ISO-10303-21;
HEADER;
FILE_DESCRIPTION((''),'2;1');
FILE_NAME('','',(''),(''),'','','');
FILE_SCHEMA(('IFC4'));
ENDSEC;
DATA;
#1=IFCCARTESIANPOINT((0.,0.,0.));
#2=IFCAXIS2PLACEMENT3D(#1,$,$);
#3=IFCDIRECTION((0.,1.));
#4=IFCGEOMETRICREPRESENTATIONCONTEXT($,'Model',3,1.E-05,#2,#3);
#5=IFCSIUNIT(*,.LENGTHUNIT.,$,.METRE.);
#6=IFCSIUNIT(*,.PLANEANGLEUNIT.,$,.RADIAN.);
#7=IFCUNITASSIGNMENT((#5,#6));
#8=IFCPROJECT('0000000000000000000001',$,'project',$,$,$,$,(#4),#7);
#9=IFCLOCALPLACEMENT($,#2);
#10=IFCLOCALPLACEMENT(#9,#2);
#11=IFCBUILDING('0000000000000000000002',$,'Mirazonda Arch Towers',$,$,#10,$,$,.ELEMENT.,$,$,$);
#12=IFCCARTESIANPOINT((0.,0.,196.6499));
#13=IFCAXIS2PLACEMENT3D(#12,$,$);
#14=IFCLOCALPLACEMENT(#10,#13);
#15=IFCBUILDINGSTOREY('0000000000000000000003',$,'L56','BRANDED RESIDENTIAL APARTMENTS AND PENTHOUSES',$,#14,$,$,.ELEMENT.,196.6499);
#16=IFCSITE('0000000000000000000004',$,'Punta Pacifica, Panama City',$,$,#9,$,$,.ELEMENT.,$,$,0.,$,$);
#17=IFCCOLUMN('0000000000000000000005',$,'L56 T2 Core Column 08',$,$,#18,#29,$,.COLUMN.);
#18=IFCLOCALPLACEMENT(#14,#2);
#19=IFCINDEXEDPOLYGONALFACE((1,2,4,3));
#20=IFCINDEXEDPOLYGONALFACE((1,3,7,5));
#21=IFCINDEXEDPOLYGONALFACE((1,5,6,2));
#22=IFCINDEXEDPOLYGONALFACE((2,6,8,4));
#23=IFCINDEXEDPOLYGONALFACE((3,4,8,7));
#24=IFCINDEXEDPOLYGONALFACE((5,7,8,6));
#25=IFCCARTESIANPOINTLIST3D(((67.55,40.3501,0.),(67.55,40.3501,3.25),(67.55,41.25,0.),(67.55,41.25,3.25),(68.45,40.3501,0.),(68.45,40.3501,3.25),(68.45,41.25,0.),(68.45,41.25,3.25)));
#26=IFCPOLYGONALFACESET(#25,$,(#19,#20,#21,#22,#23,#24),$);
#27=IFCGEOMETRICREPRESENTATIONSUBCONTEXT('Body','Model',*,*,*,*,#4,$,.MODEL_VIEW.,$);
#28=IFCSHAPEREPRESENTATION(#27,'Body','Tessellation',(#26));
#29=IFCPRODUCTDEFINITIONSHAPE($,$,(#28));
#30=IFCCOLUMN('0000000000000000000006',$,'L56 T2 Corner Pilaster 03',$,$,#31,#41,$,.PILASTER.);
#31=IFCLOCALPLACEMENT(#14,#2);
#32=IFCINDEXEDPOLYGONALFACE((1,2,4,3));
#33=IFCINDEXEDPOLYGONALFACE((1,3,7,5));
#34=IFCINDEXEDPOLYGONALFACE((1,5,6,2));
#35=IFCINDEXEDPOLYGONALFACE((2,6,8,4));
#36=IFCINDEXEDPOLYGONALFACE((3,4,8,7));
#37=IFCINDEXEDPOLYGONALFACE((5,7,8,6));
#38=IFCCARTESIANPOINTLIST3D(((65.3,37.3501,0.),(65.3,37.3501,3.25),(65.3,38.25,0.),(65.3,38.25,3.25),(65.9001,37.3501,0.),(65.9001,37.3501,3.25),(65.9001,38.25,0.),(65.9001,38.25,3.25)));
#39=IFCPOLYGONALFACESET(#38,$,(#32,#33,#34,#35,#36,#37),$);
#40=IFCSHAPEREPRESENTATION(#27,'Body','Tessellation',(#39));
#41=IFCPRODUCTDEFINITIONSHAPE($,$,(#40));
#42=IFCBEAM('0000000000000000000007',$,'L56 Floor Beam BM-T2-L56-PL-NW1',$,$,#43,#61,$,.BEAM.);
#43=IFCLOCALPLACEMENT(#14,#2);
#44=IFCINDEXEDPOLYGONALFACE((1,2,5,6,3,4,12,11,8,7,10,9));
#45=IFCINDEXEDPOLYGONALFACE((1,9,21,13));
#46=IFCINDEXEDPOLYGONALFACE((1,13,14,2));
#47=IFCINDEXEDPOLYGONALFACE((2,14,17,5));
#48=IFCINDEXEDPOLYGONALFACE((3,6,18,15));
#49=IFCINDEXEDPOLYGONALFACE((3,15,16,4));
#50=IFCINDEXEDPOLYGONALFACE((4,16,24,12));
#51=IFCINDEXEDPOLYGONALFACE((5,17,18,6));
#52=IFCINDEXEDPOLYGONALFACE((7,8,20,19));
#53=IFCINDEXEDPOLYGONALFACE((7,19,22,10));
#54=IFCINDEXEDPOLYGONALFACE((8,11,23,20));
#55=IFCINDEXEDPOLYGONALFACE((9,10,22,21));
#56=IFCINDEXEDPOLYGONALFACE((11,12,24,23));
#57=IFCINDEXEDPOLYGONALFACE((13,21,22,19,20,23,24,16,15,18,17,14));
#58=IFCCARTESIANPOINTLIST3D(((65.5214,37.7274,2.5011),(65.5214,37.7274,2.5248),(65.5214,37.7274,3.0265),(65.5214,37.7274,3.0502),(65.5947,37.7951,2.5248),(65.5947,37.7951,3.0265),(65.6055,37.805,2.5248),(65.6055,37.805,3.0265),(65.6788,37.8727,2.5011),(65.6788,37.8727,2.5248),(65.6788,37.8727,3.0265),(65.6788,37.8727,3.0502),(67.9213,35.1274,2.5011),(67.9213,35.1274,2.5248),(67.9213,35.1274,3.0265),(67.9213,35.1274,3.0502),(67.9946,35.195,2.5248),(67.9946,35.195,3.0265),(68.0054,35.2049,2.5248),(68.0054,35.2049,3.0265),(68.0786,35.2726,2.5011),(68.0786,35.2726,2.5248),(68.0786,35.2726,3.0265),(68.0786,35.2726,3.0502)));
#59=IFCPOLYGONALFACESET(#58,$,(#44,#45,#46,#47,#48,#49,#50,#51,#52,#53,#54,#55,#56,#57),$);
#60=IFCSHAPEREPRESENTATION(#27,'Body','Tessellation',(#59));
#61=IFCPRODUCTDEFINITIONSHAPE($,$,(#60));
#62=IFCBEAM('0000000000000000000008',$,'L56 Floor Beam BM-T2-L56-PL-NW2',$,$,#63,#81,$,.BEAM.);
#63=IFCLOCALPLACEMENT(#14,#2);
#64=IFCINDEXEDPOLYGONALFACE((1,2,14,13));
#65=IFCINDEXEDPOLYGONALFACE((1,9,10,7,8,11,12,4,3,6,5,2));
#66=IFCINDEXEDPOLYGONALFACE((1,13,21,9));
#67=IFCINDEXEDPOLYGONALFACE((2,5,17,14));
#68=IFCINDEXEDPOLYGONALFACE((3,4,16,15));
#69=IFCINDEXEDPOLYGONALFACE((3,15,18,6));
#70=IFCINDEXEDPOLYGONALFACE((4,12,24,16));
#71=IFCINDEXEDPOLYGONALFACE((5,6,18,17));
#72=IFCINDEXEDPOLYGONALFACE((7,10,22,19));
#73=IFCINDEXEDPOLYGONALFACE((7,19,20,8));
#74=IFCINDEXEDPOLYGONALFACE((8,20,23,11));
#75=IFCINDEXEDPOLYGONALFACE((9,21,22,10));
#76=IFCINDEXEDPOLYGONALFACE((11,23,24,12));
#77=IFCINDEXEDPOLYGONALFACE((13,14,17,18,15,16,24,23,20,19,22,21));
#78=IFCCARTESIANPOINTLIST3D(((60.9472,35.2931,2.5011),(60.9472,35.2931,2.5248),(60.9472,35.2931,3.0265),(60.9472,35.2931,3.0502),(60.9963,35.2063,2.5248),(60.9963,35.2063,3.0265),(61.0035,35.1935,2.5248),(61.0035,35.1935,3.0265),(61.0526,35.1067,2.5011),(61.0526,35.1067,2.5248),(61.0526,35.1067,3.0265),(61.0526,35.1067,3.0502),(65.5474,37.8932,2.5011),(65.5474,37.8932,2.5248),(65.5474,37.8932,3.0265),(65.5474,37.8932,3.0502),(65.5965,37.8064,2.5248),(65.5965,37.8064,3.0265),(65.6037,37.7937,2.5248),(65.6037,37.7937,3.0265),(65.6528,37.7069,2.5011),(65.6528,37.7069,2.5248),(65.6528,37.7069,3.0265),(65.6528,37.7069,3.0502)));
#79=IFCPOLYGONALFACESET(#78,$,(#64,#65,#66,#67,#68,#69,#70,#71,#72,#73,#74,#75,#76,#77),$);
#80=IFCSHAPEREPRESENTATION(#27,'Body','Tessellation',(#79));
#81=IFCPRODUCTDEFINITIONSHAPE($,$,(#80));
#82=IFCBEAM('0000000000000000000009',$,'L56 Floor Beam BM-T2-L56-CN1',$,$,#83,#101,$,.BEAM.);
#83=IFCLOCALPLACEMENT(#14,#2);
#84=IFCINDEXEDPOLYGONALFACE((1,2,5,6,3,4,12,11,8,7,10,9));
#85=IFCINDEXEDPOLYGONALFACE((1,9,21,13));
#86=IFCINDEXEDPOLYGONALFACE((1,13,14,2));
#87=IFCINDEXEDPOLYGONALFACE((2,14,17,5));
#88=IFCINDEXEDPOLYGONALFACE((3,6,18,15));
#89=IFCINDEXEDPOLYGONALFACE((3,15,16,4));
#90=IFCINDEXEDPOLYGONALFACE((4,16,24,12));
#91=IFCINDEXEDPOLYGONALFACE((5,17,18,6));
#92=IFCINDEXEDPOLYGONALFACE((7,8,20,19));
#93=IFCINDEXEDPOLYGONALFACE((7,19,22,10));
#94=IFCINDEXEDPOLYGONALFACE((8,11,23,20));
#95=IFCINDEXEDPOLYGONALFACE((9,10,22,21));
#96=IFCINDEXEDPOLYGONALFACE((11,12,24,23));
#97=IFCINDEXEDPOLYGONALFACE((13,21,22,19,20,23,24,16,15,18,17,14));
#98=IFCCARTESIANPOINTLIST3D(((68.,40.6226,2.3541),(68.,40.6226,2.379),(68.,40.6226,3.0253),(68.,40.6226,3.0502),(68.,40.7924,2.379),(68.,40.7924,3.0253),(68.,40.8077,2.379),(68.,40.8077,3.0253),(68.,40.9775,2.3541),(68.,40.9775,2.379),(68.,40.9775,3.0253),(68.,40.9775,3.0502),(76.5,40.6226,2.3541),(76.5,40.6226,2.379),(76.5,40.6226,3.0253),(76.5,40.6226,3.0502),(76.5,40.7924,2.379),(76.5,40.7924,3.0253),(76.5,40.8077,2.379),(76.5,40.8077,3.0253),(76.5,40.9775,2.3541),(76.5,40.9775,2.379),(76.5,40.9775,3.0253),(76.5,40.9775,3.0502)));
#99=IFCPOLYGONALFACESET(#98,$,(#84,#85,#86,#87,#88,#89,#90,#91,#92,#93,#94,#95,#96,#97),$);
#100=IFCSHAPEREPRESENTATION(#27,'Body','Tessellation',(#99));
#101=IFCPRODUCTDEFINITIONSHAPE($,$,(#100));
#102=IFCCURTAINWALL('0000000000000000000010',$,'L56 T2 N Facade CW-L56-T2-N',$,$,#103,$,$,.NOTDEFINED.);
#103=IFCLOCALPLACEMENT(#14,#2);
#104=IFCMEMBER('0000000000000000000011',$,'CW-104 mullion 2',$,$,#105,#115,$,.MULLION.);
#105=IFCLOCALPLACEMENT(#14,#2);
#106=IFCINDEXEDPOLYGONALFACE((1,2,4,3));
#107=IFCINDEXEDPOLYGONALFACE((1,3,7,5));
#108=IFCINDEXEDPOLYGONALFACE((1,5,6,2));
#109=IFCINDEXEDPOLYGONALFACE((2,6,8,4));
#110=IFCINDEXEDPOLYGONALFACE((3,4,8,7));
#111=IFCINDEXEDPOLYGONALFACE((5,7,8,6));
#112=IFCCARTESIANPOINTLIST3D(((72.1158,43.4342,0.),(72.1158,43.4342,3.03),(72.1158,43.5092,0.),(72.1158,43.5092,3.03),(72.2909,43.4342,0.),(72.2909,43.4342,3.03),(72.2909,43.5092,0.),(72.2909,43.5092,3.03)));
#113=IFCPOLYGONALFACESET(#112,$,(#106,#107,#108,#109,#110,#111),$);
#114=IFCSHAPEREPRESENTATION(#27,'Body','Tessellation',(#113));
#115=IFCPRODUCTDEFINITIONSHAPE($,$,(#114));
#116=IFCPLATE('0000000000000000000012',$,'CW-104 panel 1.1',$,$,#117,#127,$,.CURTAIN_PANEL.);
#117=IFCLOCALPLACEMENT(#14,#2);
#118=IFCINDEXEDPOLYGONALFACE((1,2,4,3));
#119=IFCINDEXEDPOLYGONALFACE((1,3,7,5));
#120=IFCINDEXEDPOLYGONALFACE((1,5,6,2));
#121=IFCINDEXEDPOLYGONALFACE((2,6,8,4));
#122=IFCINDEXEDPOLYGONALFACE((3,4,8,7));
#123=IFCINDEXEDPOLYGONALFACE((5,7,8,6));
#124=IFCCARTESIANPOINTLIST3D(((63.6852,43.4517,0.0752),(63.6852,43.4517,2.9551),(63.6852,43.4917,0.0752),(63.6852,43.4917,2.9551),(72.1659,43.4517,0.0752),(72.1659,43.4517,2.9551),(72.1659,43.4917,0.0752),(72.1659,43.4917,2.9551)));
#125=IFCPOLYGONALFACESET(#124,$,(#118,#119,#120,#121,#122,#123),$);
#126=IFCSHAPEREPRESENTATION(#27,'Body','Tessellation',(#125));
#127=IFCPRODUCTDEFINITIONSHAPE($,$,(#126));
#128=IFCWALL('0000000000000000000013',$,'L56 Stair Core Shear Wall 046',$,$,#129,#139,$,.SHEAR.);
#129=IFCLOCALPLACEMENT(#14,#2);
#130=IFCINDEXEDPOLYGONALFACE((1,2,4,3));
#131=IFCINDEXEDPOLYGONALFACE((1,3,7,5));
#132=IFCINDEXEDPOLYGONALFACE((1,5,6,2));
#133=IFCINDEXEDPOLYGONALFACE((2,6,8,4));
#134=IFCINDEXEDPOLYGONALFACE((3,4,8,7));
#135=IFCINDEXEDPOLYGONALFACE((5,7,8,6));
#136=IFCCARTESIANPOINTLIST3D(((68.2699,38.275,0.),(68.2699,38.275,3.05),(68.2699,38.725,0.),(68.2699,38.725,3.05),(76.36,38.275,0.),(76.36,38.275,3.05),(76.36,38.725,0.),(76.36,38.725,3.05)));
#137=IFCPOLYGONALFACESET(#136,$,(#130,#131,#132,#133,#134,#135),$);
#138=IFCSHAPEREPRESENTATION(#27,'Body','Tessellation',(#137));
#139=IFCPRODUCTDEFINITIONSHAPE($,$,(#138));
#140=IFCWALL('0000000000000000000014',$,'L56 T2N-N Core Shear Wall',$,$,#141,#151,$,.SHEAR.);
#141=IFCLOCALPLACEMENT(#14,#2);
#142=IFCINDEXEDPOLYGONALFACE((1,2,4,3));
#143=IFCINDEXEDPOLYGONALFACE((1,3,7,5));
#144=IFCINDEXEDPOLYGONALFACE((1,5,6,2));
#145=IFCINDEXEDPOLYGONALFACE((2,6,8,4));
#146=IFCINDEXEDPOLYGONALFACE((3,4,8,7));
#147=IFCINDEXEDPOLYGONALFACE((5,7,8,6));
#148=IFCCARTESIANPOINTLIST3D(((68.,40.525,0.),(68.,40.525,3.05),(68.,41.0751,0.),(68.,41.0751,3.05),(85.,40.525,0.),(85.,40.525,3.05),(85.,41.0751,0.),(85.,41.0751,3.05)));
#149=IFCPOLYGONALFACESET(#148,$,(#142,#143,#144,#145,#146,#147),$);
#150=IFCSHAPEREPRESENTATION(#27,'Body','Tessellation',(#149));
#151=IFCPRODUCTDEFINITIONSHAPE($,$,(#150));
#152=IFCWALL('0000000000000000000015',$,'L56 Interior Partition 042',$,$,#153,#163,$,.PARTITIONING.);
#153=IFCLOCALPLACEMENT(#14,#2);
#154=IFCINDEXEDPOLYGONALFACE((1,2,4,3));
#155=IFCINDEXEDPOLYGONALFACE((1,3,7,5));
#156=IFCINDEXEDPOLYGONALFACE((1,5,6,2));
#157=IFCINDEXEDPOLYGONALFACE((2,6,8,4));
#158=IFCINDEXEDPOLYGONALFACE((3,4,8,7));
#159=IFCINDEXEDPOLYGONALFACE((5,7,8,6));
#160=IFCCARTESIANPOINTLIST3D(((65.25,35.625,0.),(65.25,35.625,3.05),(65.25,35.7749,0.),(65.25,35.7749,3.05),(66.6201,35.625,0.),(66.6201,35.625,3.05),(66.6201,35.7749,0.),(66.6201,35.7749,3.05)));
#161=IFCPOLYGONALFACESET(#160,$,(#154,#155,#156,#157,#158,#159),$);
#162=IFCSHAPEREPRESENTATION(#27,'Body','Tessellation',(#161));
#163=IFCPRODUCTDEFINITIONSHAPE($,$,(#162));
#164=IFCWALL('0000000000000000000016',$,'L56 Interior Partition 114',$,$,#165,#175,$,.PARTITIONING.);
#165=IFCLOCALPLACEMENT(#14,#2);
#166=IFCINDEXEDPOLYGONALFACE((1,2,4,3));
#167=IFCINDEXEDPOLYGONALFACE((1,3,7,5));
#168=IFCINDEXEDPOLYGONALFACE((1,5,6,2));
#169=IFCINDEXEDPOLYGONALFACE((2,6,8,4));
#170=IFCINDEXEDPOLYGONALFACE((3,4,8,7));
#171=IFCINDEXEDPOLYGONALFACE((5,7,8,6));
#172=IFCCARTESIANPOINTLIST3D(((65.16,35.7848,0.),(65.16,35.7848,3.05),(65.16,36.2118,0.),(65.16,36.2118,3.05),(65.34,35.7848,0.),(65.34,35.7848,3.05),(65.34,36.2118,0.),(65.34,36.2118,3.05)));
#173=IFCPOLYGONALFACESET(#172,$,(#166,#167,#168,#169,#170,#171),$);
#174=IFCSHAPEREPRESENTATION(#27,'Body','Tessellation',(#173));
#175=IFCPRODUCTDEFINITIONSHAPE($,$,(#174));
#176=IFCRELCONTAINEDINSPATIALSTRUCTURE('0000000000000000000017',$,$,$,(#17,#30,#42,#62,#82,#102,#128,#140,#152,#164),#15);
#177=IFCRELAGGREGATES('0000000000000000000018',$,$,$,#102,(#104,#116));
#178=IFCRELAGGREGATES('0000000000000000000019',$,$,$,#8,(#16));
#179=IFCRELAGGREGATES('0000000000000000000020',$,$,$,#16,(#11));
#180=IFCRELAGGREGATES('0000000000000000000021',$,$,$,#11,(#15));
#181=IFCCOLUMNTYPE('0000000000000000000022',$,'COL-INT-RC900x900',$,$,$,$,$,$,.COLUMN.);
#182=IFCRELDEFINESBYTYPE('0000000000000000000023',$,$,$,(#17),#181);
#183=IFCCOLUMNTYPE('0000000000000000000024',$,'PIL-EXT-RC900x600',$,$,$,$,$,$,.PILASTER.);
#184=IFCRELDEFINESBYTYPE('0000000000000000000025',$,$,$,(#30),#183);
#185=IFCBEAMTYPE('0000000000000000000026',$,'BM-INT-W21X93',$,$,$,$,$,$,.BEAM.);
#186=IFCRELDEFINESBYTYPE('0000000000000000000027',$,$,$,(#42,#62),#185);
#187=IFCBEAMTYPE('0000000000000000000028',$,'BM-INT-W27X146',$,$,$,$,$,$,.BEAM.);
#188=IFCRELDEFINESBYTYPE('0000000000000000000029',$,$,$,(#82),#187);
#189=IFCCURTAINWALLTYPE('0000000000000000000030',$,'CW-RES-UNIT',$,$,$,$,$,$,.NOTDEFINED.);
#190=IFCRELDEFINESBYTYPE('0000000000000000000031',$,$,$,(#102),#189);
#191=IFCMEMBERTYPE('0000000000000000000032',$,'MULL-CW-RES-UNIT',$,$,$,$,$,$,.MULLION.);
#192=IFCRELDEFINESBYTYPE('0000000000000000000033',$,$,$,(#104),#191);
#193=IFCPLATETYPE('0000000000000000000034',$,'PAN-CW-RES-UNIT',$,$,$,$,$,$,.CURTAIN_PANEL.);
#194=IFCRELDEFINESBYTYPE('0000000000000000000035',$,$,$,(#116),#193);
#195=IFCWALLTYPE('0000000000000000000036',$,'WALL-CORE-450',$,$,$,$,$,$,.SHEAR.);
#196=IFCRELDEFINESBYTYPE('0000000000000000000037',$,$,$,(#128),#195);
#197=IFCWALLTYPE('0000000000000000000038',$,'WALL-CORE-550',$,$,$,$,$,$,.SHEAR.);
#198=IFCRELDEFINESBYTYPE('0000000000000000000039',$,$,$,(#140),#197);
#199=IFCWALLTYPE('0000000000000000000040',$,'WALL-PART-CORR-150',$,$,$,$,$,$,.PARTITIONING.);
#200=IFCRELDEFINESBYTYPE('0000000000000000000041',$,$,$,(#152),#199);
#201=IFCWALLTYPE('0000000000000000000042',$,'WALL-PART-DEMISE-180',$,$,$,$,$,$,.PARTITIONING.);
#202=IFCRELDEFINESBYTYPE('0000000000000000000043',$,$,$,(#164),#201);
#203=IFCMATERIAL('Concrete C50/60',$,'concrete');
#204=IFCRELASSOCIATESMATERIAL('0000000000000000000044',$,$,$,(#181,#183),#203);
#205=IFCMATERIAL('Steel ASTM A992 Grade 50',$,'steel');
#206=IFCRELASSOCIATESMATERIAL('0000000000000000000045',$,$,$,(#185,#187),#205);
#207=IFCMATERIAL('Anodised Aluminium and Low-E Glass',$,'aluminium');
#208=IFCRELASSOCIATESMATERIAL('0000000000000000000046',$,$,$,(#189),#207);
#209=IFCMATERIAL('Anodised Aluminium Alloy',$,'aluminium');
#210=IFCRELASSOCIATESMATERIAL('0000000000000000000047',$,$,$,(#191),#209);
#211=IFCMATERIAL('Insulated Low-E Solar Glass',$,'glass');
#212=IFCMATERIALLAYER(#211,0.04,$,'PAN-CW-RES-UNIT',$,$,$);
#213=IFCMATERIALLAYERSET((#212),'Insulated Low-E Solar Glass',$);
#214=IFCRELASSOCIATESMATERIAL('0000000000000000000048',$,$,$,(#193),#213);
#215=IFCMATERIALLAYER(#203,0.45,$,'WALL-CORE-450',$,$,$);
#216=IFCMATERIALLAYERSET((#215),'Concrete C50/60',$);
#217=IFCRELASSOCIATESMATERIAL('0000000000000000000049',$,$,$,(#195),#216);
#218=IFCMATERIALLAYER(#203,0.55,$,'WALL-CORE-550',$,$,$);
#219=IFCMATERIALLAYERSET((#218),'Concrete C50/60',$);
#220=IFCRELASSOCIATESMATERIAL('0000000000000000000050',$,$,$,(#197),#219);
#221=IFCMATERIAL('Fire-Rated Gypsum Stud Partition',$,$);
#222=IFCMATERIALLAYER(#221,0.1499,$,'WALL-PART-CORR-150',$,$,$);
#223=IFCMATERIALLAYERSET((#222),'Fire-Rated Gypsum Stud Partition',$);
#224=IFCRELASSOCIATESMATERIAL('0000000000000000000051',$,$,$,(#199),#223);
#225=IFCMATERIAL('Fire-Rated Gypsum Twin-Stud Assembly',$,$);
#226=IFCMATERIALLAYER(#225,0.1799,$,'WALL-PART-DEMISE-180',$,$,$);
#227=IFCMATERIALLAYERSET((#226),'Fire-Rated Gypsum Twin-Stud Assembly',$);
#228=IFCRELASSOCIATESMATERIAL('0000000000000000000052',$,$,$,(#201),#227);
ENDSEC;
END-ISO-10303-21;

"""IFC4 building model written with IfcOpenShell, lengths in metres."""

from ifc_helpers import new_model, si_unit, direction, frame, frame_2d, origin, origin_2d, place, context, subcontext, project, spatial, rectangle, i_section, extrude, material, layer, layer_set, material_profile, profile_set, type_object, element, aggregate, save


model = new_model("IFC4")

# Units and contexts
model_context = context("Model", 3, precision=1e-05, world=origin(), true_north=direction((0.0, 1.0)))
body_context = subcontext(model_context, "Body", "Model", "MODEL_VIEW")
ifc_project = project(units=[si_unit("LENGTHUNIT", "METRE"), si_unit("PLANEANGLEUNIT", "RADIAN")], contexts=[model_context])

# Site, building, storey
site_placement = place(None, origin())
site = spatial("IfcSite", under=ifc_project, at=site_placement, Name="Punta Pacifica, Panama City", CompositionType="ELEMENT", RefElevation=0.0)
building_placement = place(site_placement, origin())
building = spatial("IfcBuilding", under=site, at=building_placement, Name="Mirazonda Arch Towers", CompositionType="ELEMENT")
storey_placement = place(building_placement, frame((0.0, 0.0, 196.6499)))
storey = spatial("IfcBuildingStorey", under=building, at=storey_placement, Name="L56", Description="BRANDED RESIDENTIAL APARTMENTS AND PENTHOUSES", CompositionType="ELEMENT", Elevation=196.6499)

# Columns
ifc_material_1 = material(Name="Concrete C50/60", Category="concrete")
ifc_material_profile_1 = material_profile(ifc_material_1, rectangle(XDim=0.8999, YDim=0.8999, at=origin_2d()), Name="RC900x900")
ifc_profile_set_1 = profile_set([ifc_material_profile_1], Name="Concrete C50/60")
column_type_1 = type_object("IfcColumnType", Name="COL-INT-RC900x900", PredefinedType="COLUMN", material=ifc_profile_set_1)
column_1_placement = place(storey_placement, frame((68.0, 40.8, 0.0), z_axis=(0.0, 0.0, 1.0), x_axis=(1.0, 0.0, 0.0)))
element("IfcColumn", 1, at=column_1_placement, inside=storey, type_object=column_type_1, Name="L56 T2 Core Column 08", PredefinedType="COLUMN", context=body_context, shape_type="SweptSolid", body=[
    extrude(rectangle(XDim=0.8999, YDim=0.8999, at=origin_2d()), origin(), (0.0, 0.0, 1.0), 3.25),
])
ifc_material_profile_2 = material_profile(ifc_material_1, rectangle(XDim=0.6001, YDim=0.8999, at=origin_2d()), Name="RC900x600")
ifc_profile_set_2 = profile_set([ifc_material_profile_2], Name="Concrete C50/60")
column_type_2 = type_object("IfcColumnType", Name="PIL-EXT-RC900x600", PredefinedType="PILASTER", material=ifc_profile_set_2)
column_2_placement = place(storey_placement, frame((65.6001, 37.8, 0.0), z_axis=(0.0, 0.0, 1.0), x_axis=(1.0, 0.0, 0.0)))
element("IfcColumn", 2, at=column_2_placement, inside=storey, type_object=column_type_2, Name="L56 T2 Corner Pilaster 03", PredefinedType="PILASTER", context=body_context, shape_type="SweptSolid", body=[
    extrude(rectangle(XDim=0.6001, YDim=0.8999, at=origin_2d()), origin(), (0.0, 0.0, 1.0), 3.25),
])

# Beams
ifc_material_2 = material(Name="Steel ASTM A992 Grade 50", Category="steel")
ifc_material_profile_3 = material_profile(ifc_material_2, i_section(OverallWidth=0.2141, OverallDepth=0.5491, WebThickness=0.0146, FlangeThickness=0.0237, at=origin_2d()), Name="W21X93")
ifc_profile_set_3 = profile_set([ifc_material_profile_3], Name="Steel ASTM A992 Grade 50")
beam_type_1 = type_object("IfcBeamType", Name="BM-INT-W21X93", PredefinedType="BEAM", material=ifc_profile_set_3)
beam_1_placement = place(storey_placement, frame((65.6001, 37.8, 2.7756), z_axis=(0.678251, -0.73483, 0.0), x_axis=(0.73483, 0.678251, 0.0)))
element("IfcBeam", 3, at=beam_1_placement, inside=storey, type_object=beam_type_1, Name="L56 Floor Beam BM-T2-L56-PL-NW1", PredefinedType="BEAM", context=body_context, shape_type="SweptSolid", body=[
    extrude(i_section(OverallWidth=0.2141, OverallDepth=0.5491, WebThickness=0.0146, FlangeThickness=0.0237, at=origin_2d()), origin(), (0.0, 0.0, 1.0), 3.5383),
])
beam_2_placement = place(storey_placement, frame((65.6001, 37.8, 2.7756), z_axis=(-0.870559, -0.492063, 0.0), x_axis=(0.492063, -0.870559, 0.0)))
element("IfcBeam", 4, at=beam_2_placement, inside=storey, type_object=beam_type_1, Name="L56 Floor Beam BM-T2-L56-PL-NW2", PredefinedType="BEAM", context=body_context, shape_type="SweptSolid", body=[
    extrude(i_section(OverallWidth=0.2141, OverallDepth=0.5491, WebThickness=0.0146, FlangeThickness=0.0237, at=origin_2d()), origin(), (0.0, 0.0, 1.0), 5.2842),
])
ifc_material_profile_4 = material_profile(ifc_material_2, i_section(OverallWidth=0.355, OverallDepth=0.696, WebThickness=0.0154, FlangeThickness=0.0249, at=origin_2d()), Name="W27X146")
ifc_profile_set_4 = profile_set([ifc_material_profile_4], Name="Steel ASTM A992 Grade 50")
beam_type_2 = type_object("IfcBeamType", Name="BM-INT-W27X146", PredefinedType="BEAM", material=ifc_profile_set_4)
beam_3_placement = place(storey_placement, frame((68.0, 40.8, 2.7021), z_axis=(1.0, 0.0, 0.0), x_axis=(0.0, 1.0, 0.0)))
element("IfcBeam", 5, at=beam_3_placement, inside=storey, type_object=beam_type_2, Name="L56 Floor Beam BM-T2-L56-CN1", PredefinedType="BEAM", context=body_context, shape_type="SweptSolid", body=[
    extrude(i_section(OverallWidth=0.355, OverallDepth=0.696, WebThickness=0.0154, FlangeThickness=0.0249, at=origin_2d()), origin(), (0.0, 0.0, 1.0), 8.5),
])

# Curtain wall, member, plate
ifc_material_3 = material(Name="Anodised Aluminium and Low-E Glass", Category="aluminium")
curtain_wall_type = type_object("IfcCurtainWallType", Name="CW-RES-UNIT", PredefinedType="NOTDEFINED", material=ifc_material_3)
curtain_wall_placement = place(storey_placement, origin())
curtain_wall = element("IfcCurtainWall", 6, at=curtain_wall_placement, inside=storey, type_object=curtain_wall_type, Name="L56 T2 N Facade CW-L56-T2-N", PredefinedType="NOTDEFINED")
ifc_material_4 = material(Name="Anodised Aluminium Alloy", Category="aluminium")
ifc_material_profile_5 = material_profile(ifc_material_4, rectangle(XDim=0.075, YDim=0.175, at=origin_2d()), Name="ALU-MULL-75x175")
ifc_profile_set_5 = profile_set([ifc_material_profile_5], Name="Anodised Aluminium Alloy")
member_type = type_object("IfcMemberType", Name="MULL-CW-RES-UNIT", PredefinedType="MULLION", material=ifc_profile_set_5)
member_placement = place(storey_placement, frame((72.2034, 43.4717, 0.0), z_axis=(0.0, 0.0, 1.0), x_axis=(0.0, 1.0, 0.0)))
member = element("IfcMember", 7, at=member_placement, type_object=member_type, Name="CW-104 mullion 2", PredefinedType="MULLION", context=body_context, shape_type="SweptSolid", body=[
    extrude(rectangle(XDim=0.075, YDim=0.175, at=origin_2d()), origin(), (0.0, 0.0, 1.0), 3.03),
])
ifc_material_5 = material(Name="Insulated Low-E Solar Glass", Category="glass")
ifc_layer_1 = layer(ifc_material_5, 0.04, Name="PAN-CW-RES-UNIT")
ifc_layer_set_1 = layer_set([ifc_layer_1], Name="Insulated Low-E Solar Glass")
plate_type = type_object("IfcPlateType", Name="PAN-CW-RES-UNIT", PredefinedType="CURTAIN_PANEL", material=ifc_layer_set_1)
plate_placement = place(storey_placement, frame((67.9255, 43.4717, 0.0752), z_axis=(0.0, 0.0, 1.0), x_axis=(1.0, 0.0, 0.0)))
plate = element("IfcPlate", 8, at=plate_placement, type_object=plate_type, Name="CW-104 panel 1.1", PredefinedType="CURTAIN_PANEL", context=body_context, shape_type="SweptSolid", body=[
    extrude(rectangle(XDim=8.4807, YDim=0.04, at=origin_2d()), origin(), (0.0, 0.0, 1.0), 2.8799),
])
aggregate(curtain_wall, [member, plate])

# Walls
ifc_layer_2 = layer(ifc_material_1, 0.45, Name="WALL-CORE-450")
ifc_layer_set_2 = layer_set([ifc_layer_2], Name="Concrete C50/60")
wall_type_1 = type_object("IfcWallType", Name="WALL-CORE-450", PredefinedType="SHEAR", material=ifc_layer_set_2)
wall_1_placement = place(storey_placement, frame((68.27, 38.5, 0.0), z_axis=(0.0, 0.0, 1.0), x_axis=(1.0, 0.0, 0.0)))
element("IfcWall", 9, at=wall_1_placement, inside=storey, type_object=wall_type_1, Name="L56 Stair Core Shear Wall 046", PredefinedType="SHEAR", context=body_context, shape_type="SweptSolid", body=[
    extrude(rectangle(XDim=8.0901, YDim=0.45, at=frame_2d((4.0449, 0.0))), origin(), (0.0, 0.0, 1.0), 3.05),
])
ifc_layer_3 = layer(ifc_material_1, 0.55, Name="WALL-CORE-550")
ifc_layer_set_3 = layer_set([ifc_layer_3], Name="Concrete C50/60")
wall_type_2 = type_object("IfcWallType", Name="WALL-CORE-550", PredefinedType="SHEAR", material=ifc_layer_set_3)
wall_2_placement = place(storey_placement, frame((68.0, 40.8, 0.0), z_axis=(0.0, 0.0, 1.0), x_axis=(1.0, 0.0, 0.0)))
element("IfcWall", 10, at=wall_2_placement, inside=storey, type_object=wall_type_2, Name="L56 T2N-N Core Shear Wall", PredefinedType="SHEAR", context=body_context, shape_type="SweptSolid", body=[
    extrude(rectangle(XDim=17.0, YDim=0.55, at=frame_2d((8.5, 0.0))), origin(), (0.0, 0.0, 1.0), 3.05),
])
ifc_material_6 = material(Name="Fire-Rated Gypsum Stud Partition")
ifc_layer_4 = layer(ifc_material_6, 0.1499, Name="WALL-PART-CORR-150")
ifc_layer_set_4 = layer_set([ifc_layer_4], Name="Fire-Rated Gypsum Stud Partition")
wall_type_3 = type_object("IfcWallType", Name="WALL-PART-CORR-150", PredefinedType="PARTITIONING", material=ifc_layer_set_4)
wall_3_placement = place(storey_placement, frame((65.25, 35.7, 0.0), z_axis=(0.0, 0.0, 1.0), x_axis=(1.0, 0.0, 0.0)))
element("IfcWall", 11, at=wall_3_placement, inside=storey, type_object=wall_type_3, Name="L56 Interior Partition 042", PredefinedType="PARTITIONING", context=body_context, shape_type="SweptSolid", body=[
    extrude(rectangle(XDim=1.3701, YDim=0.1499, at=frame_2d((0.6851, 0.0))), origin(), (0.0, 0.0, 1.0), 3.05),
])
ifc_material_7 = material(Name="Fire-Rated Gypsum Twin-Stud Assembly")
ifc_layer_5 = layer(ifc_material_7, 0.1799, Name="WALL-PART-DEMISE-180")
ifc_layer_set_5 = layer_set([ifc_layer_5], Name="Fire-Rated Gypsum Twin-Stud Assembly")
wall_type_4 = type_object("IfcWallType", Name="WALL-PART-DEMISE-180", PredefinedType="PARTITIONING", material=ifc_layer_set_5)
wall_4_placement = place(storey_placement, frame((65.25, 35.7849, 0.0), z_axis=(0.0, 0.0, 1.0), x_axis=(0.0, 1.0, 0.0)))
element("IfcWall", 12, at=wall_4_placement, inside=storey, type_object=wall_type_4, Name="L56 Interior Partition 114", PredefinedType="PARTITIONING", context=body_context, shape_type="SweptSolid", body=[
    extrude(rectangle(XDim=0.427, YDim=0.1799, at=frame_2d((0.2134, 0.0))), origin(), (0.0, 0.0, 1.0), 3.05),
])

save(model, "model.ifc")
